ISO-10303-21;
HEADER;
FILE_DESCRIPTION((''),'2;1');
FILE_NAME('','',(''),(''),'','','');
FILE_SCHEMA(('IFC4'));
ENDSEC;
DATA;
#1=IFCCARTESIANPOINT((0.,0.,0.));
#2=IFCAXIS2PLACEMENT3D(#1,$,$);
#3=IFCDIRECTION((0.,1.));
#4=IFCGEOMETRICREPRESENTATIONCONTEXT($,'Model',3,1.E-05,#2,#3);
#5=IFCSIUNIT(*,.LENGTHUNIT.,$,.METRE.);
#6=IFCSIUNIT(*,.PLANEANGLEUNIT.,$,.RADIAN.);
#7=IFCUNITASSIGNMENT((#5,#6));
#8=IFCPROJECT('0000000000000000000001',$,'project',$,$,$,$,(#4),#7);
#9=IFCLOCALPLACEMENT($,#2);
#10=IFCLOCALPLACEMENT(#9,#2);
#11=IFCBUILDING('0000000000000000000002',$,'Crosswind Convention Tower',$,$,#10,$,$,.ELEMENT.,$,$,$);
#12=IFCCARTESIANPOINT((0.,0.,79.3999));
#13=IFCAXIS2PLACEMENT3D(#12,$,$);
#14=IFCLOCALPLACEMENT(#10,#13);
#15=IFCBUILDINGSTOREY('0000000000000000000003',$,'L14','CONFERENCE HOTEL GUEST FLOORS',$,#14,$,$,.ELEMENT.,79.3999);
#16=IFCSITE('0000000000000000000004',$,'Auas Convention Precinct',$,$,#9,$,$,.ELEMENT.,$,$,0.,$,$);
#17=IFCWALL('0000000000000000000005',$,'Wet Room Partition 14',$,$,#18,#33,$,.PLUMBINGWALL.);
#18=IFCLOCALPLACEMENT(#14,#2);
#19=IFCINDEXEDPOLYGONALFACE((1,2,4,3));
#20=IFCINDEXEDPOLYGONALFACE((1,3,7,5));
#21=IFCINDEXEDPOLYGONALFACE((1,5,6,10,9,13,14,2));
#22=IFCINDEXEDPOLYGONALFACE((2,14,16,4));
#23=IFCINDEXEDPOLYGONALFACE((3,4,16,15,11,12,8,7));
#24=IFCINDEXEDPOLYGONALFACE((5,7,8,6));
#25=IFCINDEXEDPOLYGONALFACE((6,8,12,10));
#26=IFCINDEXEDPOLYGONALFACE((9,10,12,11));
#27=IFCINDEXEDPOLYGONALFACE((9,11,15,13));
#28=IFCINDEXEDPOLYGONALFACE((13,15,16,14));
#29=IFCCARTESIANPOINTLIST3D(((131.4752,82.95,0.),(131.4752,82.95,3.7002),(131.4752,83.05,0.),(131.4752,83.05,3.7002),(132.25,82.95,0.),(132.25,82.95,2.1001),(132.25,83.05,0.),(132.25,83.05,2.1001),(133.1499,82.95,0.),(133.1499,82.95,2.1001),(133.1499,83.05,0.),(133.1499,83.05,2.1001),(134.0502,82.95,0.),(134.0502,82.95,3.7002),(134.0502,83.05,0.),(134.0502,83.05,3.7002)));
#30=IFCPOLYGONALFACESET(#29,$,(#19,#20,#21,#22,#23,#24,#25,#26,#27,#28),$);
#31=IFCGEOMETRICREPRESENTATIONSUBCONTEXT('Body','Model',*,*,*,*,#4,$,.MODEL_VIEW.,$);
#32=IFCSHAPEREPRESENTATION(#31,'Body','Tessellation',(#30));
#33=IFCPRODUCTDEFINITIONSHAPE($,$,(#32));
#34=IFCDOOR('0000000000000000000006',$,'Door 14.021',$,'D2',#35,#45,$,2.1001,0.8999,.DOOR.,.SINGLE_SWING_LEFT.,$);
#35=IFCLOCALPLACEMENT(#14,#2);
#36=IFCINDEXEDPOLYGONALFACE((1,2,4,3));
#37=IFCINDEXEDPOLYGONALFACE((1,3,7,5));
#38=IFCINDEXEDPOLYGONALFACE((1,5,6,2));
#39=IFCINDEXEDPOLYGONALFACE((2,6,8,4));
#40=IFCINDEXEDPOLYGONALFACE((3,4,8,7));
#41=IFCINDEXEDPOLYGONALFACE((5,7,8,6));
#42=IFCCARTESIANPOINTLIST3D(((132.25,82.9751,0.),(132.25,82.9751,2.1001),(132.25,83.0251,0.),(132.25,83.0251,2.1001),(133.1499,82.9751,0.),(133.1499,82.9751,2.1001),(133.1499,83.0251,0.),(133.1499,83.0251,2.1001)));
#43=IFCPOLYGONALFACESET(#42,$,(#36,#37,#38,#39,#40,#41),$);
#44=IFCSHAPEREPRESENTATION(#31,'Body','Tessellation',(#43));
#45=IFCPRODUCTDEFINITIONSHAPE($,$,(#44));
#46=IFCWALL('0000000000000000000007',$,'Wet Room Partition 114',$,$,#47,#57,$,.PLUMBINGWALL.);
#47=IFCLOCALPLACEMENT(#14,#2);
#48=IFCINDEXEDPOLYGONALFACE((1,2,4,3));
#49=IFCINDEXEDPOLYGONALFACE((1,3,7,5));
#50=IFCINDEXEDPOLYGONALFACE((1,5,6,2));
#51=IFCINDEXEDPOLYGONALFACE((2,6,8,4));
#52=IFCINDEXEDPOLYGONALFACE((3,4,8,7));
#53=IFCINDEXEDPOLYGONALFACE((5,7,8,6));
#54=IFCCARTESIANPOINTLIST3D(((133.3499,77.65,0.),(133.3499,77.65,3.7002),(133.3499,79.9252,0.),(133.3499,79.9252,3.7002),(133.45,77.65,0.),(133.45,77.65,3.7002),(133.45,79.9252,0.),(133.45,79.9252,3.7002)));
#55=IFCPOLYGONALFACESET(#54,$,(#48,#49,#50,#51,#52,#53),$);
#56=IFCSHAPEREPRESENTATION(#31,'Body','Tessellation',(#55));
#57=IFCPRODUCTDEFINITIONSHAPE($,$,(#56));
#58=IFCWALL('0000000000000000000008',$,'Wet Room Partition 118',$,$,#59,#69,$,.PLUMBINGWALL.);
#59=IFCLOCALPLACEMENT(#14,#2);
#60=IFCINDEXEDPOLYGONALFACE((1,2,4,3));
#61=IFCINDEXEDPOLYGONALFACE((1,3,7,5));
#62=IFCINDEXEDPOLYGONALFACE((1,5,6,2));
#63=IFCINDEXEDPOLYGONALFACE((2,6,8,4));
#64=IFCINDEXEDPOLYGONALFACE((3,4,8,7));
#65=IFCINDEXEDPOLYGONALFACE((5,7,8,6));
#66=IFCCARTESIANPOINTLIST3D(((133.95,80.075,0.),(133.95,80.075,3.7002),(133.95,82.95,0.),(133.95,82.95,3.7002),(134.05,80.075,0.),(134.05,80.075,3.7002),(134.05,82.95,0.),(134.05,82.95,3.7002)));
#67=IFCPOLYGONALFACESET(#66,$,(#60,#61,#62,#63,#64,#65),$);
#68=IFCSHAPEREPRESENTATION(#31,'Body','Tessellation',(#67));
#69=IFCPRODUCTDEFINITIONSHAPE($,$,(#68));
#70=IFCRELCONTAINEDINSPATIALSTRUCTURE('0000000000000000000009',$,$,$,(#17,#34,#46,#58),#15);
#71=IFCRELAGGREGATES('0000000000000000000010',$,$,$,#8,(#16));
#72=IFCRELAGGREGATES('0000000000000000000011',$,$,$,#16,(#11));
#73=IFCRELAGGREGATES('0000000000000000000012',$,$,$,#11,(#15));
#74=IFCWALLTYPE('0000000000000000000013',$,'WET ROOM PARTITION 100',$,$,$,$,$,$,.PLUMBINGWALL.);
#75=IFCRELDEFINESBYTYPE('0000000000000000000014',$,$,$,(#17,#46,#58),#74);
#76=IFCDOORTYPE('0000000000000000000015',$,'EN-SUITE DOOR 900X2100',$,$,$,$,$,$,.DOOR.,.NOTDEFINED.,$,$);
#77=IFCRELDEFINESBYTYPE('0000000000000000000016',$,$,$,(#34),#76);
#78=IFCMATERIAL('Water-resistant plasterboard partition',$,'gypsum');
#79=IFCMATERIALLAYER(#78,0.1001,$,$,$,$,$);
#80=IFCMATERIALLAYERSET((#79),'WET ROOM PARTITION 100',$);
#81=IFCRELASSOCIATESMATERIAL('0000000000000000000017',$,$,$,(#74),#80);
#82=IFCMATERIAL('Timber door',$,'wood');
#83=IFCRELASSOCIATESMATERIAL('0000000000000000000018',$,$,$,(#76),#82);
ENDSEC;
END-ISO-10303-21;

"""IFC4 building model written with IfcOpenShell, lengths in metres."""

from ifc_helpers import new_model, si_unit, direction, frame, frame_2d, origin, place, context, subcontext, project, spatial, rectangle, extrude, material, layer, layer_set, type_object, element, fill, save


model = new_model("IFC4")

# Units and contexts
model_context = context("Model", 3, precision=1e-05, world=origin(), true_north=direction((0.0, 1.0)))
body_context = subcontext(model_context, "Body", "Model", "MODEL_VIEW")
ifc_project = project(units=[si_unit("LENGTHUNIT", "METRE"), si_unit("PLANEANGLEUNIT", "RADIAN")], contexts=[model_context])

# Site, building, storey
site_placement = place(None, origin())
site = spatial("IfcSite", under=ifc_project, at=site_placement, Name="Auas Convention Precinct", CompositionType="ELEMENT", RefElevation=0.0)
building_placement = place(site_placement, origin())
building = spatial("IfcBuilding", under=site, at=building_placement, Name="Crosswind Convention Tower", CompositionType="ELEMENT")
storey_placement = place(building_placement, frame((0.0, 0.0, 79.3999)))
storey = spatial("IfcBuildingStorey", under=building, at=storey_placement, Name="L14", Description="CONFERENCE HOTEL GUEST FLOORS", CompositionType="ELEMENT", Elevation=79.3999)

# Wall, opening, door
ifc_material_1 = material(Name="Water-resistant plasterboard partition", Category="gypsum")
ifc_layer_1 = layer(ifc_material_1, 0.1001)
ifc_layer_set_1 = layer_set([ifc_layer_1], Name="WET ROOM PARTITION 100")
wall_type_1 = type_object("IfcWallType", Name="WET ROOM PARTITION 100", PredefinedType="PLUMBINGWALL", material=ifc_layer_set_1)
ifc_material_2 = material(Name="Timber door", Category="wood")
door_type_1 = type_object("IfcDoorType", Name="EN-SUITE DOOR 900X2100", OperationType="NOTDEFINED", PredefinedType="DOOR", material=ifc_material_2)
wall_1_placement = place(storey_placement, frame((131.4751, 83.0, 0.0), z_axis=(0.0, 0.0, 1.0), x_axis=(1.0, 0.0, 0.0)))
wall_1 = element("IfcWall", 1, at=wall_1_placement, inside=storey, type_object=wall_type_1, Name="Wet Room Partition 14", PredefinedType="PLUMBINGWALL", context=body_context, shape_type="SweptSolid", body=[
    extrude(rectangle(XDim=2.575, YDim=0.1001, at=frame_2d((1.2876, 0.0))), origin(), (0.0, 0.0, 1.0), 3.7002),
])
opening_1_placement = place(wall_1_placement, frame((0.7749, 0.0, 0.0)))
opening_1 = element("IfcOpeningElement", 2, at=opening_1_placement, cuts=wall_1, PredefinedType="OPENING", context=body_context, shape_type="SweptSolid", body=[
    extrude(rectangle(XDim=0.8999, YDim=2.1001, at=frame_2d((0.45, 1.05))), frame((0.0, 0.0601, 0.0), z_axis=(0.0, -1.0, 0.0), x_axis=(1.0, 0.0, 0.0)), (0.0, 0.0, 1.0), 0.1201),
])
door_1_placement = place(opening_1_placement, frame((0.8999, 0.0, 0.0), z_axis=(0.0, 0.0, 1.0), x_axis=(-1.0, 0.0, 0.0)))
door_1 = element("IfcDoor", 3, at=door_1_placement, inside=storey, type_object=door_type_1, Name="Door 14.021", ObjectType="D2", OperationType="SINGLE_SWING_LEFT", OverallHeight=2.1001, OverallWidth=0.8999, PredefinedType="DOOR", context=body_context, shape_type="SweptSolid", body=[
    extrude(rectangle(XDim=0.8999, YDim=2.1001, at=frame_2d((0.45, 1.05))), frame((0.0, 0.0249, 0.0), z_axis=(0.0, -1.0, 0.0), x_axis=(1.0, 0.0, 0.0)), (0.0, 0.0, 1.0), 0.05),
])
fill(opening_1, door_1)

# Walls
wall_2_placement = place(storey_placement, frame((133.3999, 77.6499, 0.0), z_axis=(0.0, 0.0, 1.0), x_axis=(0.0, 1.0, 0.0)))
element("IfcWall", 4, at=wall_2_placement, inside=storey, type_object=wall_type_1, Name="Wet Room Partition 114", PredefinedType="PLUMBINGWALL", context=body_context, shape_type="SweptSolid", body=[
    extrude(rectangle(XDim=2.2751, YDim=0.1001, at=frame_2d((1.1377, 0.0))), origin(), (0.0, 0.0, 1.0), 3.7002),
])
wall_3_placement = place(storey_placement, frame((134.0, 80.075, 0.0), z_axis=(0.0, 0.0, 1.0), x_axis=(0.0, 1.0, 0.0)))
element("IfcWall", 5, at=wall_3_placement, inside=storey, type_object=wall_type_1, Name="Wet Room Partition 118", PredefinedType="PLUMBINGWALL", context=body_context, shape_type="SweptSolid", body=[
    extrude(rectangle(XDim=2.875, YDim=0.1001, at=frame_2d((1.4375, 0.0))), origin(), (0.0, 0.0, 1.0), 3.7002),
])

save(model, "model.ifc")
